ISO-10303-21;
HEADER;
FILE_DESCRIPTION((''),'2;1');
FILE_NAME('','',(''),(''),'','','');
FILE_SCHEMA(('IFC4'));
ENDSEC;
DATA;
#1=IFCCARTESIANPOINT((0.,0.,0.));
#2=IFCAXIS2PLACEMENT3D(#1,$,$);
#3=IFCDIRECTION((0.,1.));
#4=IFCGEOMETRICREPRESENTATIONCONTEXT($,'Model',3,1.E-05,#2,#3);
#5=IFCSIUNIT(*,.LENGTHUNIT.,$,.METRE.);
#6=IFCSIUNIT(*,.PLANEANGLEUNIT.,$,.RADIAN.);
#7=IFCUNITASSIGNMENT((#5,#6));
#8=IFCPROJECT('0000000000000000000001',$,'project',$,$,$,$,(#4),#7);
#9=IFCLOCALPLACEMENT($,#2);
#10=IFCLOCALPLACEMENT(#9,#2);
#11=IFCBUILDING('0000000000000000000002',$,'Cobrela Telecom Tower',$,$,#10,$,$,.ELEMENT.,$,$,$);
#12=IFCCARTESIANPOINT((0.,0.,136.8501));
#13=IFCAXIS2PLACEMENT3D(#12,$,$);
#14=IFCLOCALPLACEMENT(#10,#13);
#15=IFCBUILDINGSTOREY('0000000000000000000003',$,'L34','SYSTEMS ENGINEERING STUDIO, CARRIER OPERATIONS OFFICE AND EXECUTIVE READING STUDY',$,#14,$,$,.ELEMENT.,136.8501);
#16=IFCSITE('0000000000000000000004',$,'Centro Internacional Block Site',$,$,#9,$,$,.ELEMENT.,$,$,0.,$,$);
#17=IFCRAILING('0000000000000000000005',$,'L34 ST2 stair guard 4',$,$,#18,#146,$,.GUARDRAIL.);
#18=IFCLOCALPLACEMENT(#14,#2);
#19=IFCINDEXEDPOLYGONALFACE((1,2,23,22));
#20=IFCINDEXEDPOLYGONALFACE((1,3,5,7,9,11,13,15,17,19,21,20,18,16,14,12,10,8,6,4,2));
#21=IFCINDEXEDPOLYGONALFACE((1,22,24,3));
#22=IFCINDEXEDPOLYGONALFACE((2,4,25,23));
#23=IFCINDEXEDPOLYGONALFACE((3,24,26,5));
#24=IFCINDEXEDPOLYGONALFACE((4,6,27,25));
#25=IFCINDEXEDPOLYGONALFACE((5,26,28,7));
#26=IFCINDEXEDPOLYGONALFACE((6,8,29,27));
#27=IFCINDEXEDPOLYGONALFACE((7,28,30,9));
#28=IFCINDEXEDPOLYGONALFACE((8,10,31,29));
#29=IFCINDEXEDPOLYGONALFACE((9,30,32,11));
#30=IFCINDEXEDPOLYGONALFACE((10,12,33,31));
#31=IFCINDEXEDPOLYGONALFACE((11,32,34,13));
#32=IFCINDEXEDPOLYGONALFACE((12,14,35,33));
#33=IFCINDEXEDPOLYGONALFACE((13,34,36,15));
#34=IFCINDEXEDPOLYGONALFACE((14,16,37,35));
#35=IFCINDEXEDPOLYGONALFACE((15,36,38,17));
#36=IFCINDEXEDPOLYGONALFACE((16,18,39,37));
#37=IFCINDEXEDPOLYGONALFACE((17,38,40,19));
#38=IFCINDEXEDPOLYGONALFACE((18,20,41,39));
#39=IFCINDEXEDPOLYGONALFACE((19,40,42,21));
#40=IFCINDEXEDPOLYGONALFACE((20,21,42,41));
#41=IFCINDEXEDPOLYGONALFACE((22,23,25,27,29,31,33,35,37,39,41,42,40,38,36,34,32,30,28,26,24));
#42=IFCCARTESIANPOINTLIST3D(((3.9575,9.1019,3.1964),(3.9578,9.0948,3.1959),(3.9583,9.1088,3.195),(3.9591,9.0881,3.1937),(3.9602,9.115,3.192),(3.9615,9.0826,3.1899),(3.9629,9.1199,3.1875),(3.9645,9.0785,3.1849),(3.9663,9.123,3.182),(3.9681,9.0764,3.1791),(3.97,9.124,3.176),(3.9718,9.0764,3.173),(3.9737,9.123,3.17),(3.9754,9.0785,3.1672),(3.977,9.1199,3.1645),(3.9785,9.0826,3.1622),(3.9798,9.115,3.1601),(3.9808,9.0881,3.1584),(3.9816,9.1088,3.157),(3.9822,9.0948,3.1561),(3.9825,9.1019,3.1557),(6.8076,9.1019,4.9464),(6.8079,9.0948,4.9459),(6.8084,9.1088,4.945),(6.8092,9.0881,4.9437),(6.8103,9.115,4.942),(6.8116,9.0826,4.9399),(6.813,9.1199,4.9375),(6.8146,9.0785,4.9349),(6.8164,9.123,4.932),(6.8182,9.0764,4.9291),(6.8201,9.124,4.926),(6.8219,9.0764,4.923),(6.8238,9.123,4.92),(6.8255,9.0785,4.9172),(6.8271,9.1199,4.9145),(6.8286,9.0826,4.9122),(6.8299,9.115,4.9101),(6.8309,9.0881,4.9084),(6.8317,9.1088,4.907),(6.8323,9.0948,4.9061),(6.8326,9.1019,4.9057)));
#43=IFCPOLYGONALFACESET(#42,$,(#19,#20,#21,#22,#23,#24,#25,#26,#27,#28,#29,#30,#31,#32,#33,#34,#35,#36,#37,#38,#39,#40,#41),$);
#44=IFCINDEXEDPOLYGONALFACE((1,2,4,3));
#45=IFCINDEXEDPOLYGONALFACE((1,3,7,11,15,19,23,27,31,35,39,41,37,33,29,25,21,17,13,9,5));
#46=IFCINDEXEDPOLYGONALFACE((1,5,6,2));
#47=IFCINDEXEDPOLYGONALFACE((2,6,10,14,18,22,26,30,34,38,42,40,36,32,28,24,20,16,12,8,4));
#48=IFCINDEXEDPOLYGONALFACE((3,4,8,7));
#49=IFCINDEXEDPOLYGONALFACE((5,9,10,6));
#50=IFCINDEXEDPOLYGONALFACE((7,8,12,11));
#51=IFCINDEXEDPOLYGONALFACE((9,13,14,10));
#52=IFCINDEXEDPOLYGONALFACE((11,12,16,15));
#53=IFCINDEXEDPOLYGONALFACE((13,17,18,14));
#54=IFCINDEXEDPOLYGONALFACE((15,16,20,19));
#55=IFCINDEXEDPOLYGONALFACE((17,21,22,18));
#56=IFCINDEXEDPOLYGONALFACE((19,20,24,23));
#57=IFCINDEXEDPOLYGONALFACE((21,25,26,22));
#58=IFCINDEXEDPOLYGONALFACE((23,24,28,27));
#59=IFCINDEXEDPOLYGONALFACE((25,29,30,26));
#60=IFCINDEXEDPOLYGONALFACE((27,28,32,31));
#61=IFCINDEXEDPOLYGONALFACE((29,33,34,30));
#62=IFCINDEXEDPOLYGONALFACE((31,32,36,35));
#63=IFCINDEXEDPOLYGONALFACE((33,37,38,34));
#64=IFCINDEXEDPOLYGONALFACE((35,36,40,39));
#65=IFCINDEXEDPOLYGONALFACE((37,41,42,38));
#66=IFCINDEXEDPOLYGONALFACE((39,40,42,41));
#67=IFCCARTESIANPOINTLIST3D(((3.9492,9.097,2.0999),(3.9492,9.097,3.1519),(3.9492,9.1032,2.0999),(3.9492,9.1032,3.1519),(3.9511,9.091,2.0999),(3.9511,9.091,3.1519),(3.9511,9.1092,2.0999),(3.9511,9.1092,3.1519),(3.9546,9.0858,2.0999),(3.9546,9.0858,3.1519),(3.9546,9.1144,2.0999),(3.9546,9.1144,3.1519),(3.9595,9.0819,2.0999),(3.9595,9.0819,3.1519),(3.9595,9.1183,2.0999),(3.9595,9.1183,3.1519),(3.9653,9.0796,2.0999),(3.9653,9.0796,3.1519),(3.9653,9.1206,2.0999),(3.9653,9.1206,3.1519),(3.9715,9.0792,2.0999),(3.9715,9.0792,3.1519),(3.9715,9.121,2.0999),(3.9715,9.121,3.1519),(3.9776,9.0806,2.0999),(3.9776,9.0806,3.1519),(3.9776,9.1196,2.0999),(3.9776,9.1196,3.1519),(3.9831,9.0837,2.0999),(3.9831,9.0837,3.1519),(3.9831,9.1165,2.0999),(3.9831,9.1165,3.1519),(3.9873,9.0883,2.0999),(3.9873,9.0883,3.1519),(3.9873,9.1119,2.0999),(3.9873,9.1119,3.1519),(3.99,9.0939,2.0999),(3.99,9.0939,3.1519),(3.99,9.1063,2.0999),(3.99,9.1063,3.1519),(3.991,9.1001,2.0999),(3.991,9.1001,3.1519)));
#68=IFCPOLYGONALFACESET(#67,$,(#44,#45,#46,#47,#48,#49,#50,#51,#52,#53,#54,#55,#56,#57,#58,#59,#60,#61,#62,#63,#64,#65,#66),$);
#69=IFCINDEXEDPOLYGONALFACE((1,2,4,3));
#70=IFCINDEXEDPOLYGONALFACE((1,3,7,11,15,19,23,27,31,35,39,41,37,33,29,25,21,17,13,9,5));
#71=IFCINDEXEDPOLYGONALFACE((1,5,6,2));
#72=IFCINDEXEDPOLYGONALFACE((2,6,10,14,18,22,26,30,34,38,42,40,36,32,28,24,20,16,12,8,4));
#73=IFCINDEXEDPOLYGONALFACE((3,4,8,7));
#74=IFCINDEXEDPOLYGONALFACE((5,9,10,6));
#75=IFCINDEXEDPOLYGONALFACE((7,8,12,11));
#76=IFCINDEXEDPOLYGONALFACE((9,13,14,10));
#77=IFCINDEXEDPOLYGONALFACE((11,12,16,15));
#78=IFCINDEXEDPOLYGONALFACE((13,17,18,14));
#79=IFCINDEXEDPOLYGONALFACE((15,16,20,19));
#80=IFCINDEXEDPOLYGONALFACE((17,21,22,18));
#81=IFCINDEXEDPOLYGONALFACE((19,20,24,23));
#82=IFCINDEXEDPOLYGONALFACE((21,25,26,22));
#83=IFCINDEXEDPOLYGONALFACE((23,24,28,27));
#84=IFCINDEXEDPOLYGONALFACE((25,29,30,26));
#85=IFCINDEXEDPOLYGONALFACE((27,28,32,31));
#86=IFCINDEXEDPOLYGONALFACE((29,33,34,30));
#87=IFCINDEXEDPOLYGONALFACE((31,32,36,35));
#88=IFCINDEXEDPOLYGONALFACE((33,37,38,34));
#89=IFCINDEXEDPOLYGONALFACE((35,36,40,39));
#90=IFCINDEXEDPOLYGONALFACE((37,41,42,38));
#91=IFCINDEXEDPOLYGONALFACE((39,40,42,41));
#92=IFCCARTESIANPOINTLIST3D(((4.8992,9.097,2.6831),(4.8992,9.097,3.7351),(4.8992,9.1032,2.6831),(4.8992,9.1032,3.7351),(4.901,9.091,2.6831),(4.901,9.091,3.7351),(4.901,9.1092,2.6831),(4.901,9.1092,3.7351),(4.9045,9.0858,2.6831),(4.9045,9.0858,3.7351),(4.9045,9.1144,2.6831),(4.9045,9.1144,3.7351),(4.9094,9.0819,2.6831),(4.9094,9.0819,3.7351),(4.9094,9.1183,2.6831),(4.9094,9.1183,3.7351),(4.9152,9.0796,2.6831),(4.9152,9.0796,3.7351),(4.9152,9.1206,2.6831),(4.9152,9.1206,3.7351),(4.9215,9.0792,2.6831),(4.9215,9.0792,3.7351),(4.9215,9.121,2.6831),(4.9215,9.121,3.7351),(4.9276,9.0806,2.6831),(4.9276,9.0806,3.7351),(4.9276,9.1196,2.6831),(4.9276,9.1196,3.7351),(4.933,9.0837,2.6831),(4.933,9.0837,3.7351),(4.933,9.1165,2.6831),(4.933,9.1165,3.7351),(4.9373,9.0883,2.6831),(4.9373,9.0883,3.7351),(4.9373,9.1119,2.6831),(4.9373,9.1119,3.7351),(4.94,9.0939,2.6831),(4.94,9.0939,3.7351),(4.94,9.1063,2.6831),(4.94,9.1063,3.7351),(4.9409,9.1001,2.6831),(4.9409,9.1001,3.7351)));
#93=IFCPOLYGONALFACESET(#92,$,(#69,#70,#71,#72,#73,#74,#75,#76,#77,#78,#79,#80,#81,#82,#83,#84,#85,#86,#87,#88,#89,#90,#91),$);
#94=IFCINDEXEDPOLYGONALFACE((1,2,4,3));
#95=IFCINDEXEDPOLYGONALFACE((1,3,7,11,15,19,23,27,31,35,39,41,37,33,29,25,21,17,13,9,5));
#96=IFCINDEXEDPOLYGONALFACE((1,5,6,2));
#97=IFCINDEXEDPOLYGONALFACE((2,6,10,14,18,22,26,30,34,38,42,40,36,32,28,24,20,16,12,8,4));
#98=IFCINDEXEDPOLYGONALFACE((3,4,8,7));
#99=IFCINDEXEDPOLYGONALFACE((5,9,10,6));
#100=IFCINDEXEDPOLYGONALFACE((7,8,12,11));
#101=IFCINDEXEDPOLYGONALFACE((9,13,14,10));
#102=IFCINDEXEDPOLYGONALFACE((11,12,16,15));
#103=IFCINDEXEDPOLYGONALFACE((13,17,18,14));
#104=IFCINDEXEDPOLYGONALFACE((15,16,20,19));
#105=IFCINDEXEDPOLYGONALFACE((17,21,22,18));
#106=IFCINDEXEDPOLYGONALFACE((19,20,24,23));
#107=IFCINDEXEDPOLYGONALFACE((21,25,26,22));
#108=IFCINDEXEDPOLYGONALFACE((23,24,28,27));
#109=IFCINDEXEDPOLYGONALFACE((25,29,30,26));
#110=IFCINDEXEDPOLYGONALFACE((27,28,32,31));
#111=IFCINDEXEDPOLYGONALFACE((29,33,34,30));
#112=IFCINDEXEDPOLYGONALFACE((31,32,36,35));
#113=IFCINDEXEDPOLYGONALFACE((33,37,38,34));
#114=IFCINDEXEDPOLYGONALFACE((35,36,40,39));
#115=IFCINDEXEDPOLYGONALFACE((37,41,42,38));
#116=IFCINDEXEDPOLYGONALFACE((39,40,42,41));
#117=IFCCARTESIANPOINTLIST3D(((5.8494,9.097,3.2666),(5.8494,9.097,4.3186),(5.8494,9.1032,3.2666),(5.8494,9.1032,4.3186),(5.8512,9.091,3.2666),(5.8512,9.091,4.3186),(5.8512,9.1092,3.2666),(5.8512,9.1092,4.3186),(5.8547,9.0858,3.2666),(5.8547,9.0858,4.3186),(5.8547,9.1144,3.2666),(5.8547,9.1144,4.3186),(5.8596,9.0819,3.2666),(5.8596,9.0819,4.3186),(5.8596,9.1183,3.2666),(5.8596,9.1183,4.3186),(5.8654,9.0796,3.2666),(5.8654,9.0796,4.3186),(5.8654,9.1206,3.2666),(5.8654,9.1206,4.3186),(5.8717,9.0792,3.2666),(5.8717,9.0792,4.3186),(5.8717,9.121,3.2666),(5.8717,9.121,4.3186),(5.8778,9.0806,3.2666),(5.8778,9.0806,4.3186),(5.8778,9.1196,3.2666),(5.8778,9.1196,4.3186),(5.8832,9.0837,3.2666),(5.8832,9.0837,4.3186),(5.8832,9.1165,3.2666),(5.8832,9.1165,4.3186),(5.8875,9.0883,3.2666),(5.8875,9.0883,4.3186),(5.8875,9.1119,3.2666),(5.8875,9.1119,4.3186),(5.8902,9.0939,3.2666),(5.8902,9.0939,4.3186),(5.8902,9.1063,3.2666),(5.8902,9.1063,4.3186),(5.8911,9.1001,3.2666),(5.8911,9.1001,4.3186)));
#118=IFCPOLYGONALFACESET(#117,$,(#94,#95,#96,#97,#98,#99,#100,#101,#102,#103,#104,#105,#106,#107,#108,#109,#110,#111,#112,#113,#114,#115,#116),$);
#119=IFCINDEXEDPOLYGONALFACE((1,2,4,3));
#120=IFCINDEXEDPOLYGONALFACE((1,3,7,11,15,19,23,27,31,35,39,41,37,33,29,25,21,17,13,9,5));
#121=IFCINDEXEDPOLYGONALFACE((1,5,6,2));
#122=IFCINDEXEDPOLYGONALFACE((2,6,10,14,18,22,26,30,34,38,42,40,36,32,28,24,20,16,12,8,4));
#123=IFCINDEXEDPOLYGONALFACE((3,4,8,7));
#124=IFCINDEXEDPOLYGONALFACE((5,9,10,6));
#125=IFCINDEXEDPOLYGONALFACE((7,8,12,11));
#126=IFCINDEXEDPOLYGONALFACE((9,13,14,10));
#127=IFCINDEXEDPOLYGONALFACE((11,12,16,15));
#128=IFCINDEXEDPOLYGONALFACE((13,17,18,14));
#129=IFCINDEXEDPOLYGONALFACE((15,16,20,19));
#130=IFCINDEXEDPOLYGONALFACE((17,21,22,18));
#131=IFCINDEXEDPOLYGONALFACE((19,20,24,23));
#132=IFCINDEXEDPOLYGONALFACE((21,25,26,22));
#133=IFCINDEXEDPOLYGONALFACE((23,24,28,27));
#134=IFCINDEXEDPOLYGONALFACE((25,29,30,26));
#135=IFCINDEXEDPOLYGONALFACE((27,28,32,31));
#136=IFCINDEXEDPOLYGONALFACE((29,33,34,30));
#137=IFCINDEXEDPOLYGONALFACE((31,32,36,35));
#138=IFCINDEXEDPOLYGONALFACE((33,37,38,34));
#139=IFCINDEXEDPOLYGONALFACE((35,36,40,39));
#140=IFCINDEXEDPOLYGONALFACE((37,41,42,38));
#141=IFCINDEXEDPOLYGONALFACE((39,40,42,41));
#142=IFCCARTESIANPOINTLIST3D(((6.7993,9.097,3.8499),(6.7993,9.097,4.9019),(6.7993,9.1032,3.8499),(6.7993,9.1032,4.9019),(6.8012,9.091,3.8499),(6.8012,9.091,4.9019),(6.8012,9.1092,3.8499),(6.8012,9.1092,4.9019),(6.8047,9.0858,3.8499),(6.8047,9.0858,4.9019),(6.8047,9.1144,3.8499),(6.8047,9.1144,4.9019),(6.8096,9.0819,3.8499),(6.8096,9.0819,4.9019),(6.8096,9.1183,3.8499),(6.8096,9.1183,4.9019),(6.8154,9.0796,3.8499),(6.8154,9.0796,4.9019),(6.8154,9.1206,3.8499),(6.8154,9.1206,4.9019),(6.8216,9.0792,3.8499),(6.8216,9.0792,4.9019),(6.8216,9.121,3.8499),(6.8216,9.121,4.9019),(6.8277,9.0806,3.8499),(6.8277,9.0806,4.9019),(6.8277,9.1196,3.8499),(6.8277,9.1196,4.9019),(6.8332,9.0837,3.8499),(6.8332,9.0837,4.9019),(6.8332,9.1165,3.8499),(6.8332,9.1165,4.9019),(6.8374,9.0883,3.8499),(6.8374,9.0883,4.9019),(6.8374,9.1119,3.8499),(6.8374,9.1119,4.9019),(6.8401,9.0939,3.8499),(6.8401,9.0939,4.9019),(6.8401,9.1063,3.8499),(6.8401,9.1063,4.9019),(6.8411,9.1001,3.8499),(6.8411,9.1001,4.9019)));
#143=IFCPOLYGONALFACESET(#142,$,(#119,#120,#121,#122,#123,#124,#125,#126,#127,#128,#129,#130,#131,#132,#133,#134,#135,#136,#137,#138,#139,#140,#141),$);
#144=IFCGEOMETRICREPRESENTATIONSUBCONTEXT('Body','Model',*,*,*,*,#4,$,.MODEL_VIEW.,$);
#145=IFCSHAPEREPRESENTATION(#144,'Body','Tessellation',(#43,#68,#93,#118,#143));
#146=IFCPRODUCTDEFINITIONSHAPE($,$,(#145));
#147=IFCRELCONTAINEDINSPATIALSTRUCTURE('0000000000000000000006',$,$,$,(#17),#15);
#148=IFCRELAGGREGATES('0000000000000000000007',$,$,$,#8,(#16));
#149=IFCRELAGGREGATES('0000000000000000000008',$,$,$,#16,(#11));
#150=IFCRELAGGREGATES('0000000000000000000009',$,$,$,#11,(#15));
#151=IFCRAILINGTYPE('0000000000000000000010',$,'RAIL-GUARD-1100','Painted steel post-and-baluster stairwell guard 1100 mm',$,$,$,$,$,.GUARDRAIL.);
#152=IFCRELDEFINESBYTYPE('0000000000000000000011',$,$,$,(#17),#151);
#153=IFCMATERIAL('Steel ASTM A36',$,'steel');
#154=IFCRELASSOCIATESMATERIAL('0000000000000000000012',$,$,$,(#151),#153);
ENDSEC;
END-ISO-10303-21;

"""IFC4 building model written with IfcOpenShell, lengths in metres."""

from ifc_helpers import new_model, si_unit, direction, frame, origin, origin_2d, place, context, subcontext, project, spatial, circle, extrude, material, type_object, element, save


model = new_model("IFC4")

# Units and contexts
model_context = context("Model", 3, precision=1e-05, world=origin(), true_north=direction((0.0, 1.0)))
body_context = subcontext(model_context, "Body", "Model", "MODEL_VIEW")
ifc_project = project(units=[si_unit("LENGTHUNIT", "METRE"), si_unit("PLANEANGLEUNIT", "RADIAN")], contexts=[model_context])

# Site, building, storey
site_placement = place(None, origin())
site = spatial("IfcSite", under=ifc_project, at=site_placement, Name="Centro Internacional Block Site", CompositionType="ELEMENT", RefElevation=0.0)
building_placement = place(site_placement, origin())
building = spatial("IfcBuilding", under=site, at=building_placement, Name="Cobrela Telecom Tower", CompositionType="ELEMENT")
storey_placement = place(building_placement, frame((0.0, 0.0, 136.8501)))
storey = spatial("IfcBuildingStorey", under=building, at=storey_placement, Name="L34", Description="SYSTEMS ENGINEERING STUDIO, CARRIER OPERATIONS OFFICE AND EXECUTIVE READING STUDY", CompositionType="ELEMENT", Elevation=136.8501)

# Railing
ifc_material_1 = material(Name="Steel ASTM A36", Category="steel")
railing_type_1 = type_object("IfcRailingType", Name="RAIL-GUARD-1100", Description="Painted steel post-and-baluster stairwell guard 1100 mm", PredefinedType="GUARDRAIL", material=ifc_material_1)
railing_1_placement = place(storey_placement, frame((3.97, 9.1001, 2.0999)))
element("IfcRailing", 1, at=railing_1_placement, inside=storey, type_object=railing_type_1, Name="L34 ST2 stair guard 4", PredefinedType="GUARDRAIL", context=body_context, shape_type="SweptSolid", body=[
    extrude(circle(Radius=0.0239, at=origin_2d()), frame((0.0, 0.0, 1.0762), z_axis=(0.852179, 0.0, 0.52325), x_axis=(0.0, 1.0, 0.0)), (0.0, 0.0, 1.0), 3.3445),
    extrude(circle(Radius=0.021, at=origin_2d()), origin(), (0.0, 0.0, 1.0), 1.052),
    extrude(circle(Radius=0.021, at=origin_2d()), frame((0.95, 0.0, 0.5833)), (0.0, 0.0, 1.0), 1.052),
    extrude(circle(Radius=0.021, at=origin_2d()), frame((1.9001, 0.0, 1.1667)), (0.0, 0.0, 1.0), 1.052),
    extrude(circle(Radius=0.021, at=origin_2d()), frame((2.8501, 0.0, 1.75)), (0.0, 0.0, 1.0), 1.052),
])

save(model, "model.ifc")
